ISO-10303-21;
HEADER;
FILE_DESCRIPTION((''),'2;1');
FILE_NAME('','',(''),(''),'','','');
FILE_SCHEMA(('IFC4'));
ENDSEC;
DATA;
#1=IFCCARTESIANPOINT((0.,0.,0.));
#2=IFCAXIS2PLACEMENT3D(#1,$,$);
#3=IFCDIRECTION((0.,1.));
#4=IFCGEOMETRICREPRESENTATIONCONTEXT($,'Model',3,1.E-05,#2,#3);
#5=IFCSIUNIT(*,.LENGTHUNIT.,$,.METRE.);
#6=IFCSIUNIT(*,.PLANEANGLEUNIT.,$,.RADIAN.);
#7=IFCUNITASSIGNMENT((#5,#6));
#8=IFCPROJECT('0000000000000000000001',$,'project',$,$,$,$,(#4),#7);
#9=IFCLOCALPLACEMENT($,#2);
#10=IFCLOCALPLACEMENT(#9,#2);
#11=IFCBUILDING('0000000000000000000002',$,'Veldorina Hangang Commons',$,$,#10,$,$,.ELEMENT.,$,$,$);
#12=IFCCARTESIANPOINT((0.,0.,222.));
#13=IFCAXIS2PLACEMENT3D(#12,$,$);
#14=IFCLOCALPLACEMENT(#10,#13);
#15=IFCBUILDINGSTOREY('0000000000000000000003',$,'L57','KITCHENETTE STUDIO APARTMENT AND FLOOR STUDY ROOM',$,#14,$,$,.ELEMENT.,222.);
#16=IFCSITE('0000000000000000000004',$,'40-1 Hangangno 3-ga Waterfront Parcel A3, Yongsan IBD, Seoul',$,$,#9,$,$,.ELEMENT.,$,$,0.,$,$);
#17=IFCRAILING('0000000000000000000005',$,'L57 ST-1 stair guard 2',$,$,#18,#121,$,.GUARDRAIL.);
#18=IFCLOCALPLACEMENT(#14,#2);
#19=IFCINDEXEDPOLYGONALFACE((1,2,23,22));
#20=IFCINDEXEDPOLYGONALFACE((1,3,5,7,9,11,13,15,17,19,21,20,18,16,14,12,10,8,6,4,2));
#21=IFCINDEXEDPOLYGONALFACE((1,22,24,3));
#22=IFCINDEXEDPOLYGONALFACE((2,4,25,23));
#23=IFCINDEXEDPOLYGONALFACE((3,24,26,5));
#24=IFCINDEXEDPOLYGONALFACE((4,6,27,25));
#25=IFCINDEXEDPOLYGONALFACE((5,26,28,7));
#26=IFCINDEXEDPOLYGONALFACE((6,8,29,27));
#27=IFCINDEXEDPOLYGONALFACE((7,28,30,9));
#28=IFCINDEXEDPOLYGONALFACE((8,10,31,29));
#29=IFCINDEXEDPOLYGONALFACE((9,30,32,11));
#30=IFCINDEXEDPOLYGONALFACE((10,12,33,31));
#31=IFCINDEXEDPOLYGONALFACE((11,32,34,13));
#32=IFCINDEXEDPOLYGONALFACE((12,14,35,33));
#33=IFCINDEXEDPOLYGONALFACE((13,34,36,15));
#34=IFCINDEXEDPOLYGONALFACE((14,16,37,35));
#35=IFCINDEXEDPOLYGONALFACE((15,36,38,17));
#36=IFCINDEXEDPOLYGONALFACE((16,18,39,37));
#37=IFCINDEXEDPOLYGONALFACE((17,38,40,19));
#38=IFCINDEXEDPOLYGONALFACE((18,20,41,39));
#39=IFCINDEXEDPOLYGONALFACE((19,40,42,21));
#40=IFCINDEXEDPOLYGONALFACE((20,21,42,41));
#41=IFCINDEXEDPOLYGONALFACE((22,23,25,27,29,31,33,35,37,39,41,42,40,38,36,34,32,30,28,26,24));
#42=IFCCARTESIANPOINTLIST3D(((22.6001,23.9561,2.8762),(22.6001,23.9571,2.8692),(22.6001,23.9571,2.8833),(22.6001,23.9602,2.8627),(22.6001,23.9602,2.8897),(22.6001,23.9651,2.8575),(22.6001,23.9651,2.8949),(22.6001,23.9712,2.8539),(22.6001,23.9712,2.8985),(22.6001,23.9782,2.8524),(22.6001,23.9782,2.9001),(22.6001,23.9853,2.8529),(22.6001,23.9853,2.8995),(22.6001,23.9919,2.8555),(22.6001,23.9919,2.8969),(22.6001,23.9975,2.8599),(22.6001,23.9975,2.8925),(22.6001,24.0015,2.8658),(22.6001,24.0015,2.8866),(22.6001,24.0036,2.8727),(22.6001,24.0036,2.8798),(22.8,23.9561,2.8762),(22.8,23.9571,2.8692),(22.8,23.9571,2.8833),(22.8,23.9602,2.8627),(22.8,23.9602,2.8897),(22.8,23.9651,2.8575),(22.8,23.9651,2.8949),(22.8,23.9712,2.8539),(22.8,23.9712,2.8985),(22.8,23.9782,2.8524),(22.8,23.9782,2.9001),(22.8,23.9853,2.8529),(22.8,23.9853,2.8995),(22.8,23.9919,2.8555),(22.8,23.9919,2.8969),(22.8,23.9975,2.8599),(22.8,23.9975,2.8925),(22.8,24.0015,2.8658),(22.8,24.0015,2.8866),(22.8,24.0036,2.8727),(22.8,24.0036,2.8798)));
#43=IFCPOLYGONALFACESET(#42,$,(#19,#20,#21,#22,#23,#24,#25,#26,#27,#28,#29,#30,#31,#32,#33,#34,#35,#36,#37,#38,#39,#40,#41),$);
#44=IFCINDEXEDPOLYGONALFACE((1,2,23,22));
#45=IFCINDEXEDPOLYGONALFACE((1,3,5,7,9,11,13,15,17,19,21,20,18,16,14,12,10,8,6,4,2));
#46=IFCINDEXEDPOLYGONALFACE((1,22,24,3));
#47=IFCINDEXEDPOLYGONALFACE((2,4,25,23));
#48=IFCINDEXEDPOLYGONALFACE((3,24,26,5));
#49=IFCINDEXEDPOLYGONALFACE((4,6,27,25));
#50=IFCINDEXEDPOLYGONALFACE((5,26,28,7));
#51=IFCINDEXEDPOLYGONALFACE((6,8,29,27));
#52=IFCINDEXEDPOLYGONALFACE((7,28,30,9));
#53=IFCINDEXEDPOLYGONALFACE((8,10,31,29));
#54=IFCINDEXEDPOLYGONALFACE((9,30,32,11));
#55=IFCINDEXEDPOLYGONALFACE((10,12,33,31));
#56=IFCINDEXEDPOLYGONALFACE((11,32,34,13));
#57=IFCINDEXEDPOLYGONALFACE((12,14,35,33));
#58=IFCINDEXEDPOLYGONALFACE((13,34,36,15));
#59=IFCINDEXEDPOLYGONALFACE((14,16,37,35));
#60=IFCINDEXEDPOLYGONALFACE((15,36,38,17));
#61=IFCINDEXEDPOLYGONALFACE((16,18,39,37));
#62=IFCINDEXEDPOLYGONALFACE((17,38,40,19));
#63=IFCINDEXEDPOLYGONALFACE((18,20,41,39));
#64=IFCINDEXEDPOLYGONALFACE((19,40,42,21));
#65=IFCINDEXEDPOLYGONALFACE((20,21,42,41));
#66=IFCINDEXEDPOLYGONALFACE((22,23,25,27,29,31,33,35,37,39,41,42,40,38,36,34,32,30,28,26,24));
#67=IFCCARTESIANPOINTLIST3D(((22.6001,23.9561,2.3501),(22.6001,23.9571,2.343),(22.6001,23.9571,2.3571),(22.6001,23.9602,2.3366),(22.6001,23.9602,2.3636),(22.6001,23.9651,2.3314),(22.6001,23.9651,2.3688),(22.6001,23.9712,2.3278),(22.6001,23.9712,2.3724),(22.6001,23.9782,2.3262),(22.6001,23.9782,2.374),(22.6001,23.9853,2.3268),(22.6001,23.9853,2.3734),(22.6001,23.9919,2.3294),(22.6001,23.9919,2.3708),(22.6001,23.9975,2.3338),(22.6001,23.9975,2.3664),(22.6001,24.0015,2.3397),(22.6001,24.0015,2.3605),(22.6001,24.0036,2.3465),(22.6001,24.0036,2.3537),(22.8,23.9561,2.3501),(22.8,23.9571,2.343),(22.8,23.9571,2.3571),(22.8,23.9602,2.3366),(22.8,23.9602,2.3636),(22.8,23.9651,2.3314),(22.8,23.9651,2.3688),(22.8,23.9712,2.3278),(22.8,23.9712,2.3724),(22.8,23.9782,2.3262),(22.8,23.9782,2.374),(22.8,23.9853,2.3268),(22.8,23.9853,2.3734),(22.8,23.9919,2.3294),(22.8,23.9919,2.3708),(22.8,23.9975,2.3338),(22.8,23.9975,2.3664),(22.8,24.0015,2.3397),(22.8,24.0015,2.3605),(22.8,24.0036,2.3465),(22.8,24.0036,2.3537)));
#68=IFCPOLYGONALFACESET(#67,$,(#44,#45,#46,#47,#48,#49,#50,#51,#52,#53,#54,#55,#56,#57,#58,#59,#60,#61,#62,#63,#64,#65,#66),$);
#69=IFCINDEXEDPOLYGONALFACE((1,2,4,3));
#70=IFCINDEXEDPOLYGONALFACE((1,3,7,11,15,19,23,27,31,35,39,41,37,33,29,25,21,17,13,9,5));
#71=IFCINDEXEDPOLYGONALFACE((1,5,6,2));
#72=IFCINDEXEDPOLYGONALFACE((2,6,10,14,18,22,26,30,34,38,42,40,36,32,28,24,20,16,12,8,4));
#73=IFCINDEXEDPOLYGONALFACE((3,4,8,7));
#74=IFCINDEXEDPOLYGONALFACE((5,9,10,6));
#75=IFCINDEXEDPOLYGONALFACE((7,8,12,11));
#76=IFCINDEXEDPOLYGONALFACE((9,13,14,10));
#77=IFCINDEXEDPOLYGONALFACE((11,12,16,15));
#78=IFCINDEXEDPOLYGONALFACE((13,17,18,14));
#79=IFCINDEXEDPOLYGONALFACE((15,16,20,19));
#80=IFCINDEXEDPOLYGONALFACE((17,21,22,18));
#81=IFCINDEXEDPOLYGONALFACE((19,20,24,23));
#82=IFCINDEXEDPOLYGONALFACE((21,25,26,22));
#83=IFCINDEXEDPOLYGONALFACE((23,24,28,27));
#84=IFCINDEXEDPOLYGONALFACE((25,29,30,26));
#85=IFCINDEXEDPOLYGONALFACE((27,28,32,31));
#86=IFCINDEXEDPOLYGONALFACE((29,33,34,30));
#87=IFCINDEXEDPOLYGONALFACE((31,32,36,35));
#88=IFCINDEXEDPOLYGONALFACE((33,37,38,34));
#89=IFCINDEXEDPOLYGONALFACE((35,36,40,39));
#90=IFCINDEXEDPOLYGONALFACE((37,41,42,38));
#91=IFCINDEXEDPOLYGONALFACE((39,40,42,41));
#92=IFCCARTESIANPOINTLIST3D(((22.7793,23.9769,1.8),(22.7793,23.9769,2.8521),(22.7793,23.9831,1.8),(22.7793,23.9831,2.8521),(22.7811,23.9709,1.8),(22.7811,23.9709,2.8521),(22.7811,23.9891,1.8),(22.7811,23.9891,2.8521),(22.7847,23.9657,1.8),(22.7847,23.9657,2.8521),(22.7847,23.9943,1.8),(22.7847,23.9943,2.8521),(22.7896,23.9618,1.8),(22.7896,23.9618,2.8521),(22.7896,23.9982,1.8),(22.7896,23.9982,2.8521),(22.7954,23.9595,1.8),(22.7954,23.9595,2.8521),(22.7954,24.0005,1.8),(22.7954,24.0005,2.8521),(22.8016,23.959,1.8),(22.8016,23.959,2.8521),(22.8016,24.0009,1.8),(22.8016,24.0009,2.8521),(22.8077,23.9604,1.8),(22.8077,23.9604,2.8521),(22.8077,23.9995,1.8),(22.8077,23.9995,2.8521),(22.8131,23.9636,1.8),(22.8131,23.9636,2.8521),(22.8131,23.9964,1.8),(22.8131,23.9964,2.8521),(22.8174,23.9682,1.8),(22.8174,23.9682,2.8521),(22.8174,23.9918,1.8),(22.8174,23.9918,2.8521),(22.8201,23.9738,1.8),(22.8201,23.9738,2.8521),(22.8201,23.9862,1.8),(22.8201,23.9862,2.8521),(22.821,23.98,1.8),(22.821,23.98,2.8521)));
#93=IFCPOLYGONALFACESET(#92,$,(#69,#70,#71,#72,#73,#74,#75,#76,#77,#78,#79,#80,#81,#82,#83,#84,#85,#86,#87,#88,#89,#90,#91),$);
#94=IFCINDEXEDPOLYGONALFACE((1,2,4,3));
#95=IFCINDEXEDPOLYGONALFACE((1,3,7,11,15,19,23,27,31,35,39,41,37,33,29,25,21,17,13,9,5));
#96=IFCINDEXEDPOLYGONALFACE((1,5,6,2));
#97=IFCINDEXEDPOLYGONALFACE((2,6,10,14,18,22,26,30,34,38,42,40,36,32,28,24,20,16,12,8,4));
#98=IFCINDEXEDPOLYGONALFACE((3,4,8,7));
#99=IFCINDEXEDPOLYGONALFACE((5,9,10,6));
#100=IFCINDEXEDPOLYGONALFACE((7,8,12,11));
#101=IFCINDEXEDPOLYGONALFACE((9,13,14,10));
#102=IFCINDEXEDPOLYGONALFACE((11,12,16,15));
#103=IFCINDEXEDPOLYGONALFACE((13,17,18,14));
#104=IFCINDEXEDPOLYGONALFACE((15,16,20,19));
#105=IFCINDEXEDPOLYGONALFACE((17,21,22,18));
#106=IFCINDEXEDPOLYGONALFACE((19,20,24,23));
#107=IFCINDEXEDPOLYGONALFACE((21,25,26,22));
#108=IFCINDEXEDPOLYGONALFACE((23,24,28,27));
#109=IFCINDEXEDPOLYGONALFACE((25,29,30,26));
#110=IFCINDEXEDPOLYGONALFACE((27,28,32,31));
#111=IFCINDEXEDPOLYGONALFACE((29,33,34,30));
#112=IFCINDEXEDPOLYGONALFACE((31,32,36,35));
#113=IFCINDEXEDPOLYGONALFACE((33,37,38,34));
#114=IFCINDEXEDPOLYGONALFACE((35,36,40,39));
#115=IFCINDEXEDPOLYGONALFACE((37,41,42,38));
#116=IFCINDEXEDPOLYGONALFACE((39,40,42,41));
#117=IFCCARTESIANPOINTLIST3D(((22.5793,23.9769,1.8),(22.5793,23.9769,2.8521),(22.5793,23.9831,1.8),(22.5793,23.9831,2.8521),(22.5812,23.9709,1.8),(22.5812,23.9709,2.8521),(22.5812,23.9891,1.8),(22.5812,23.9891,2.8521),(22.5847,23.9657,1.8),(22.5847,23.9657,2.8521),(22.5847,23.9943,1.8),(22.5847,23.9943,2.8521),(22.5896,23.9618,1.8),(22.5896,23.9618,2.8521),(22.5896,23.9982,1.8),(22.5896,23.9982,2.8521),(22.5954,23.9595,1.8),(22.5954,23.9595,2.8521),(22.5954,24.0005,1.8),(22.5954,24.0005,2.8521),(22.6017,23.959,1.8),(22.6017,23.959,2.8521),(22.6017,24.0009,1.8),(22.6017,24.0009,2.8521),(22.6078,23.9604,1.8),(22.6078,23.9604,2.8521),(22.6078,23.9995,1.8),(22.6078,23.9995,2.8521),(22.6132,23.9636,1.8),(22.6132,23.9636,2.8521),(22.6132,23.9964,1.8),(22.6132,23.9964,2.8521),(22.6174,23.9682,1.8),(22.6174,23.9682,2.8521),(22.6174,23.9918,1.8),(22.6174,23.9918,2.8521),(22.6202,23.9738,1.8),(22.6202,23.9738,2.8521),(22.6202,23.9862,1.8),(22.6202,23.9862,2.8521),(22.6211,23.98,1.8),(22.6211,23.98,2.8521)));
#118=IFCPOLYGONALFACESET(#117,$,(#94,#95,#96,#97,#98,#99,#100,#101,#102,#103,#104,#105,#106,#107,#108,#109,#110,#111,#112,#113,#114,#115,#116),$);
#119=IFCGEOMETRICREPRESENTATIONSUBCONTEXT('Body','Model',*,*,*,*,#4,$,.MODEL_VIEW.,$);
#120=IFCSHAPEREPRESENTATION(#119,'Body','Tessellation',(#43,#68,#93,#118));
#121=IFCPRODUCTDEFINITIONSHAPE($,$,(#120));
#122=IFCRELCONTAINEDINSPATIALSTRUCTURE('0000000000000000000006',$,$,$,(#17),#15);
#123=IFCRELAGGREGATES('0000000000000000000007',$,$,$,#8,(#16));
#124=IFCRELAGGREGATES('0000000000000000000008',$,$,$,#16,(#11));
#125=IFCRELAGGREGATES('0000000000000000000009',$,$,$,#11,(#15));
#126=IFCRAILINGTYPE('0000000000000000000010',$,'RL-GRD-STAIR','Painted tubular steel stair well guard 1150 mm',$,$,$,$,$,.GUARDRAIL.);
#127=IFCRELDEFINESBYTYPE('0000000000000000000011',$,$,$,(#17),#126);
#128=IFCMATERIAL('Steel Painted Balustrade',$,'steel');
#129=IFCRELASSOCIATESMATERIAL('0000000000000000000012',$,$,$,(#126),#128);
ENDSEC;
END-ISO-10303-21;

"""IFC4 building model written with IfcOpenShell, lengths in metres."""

from ifc_helpers import new_model, si_unit, direction, frame, origin, origin_2d, place, context, subcontext, project, spatial, circle, extrude, material, type_object, element, save


model = new_model("IFC4")

# Units and contexts
model_context = context("Model", 3, precision=1e-05, world=origin(), true_north=direction((0.0, 1.0)))
body_context = subcontext(model_context, "Body", "Model", "MODEL_VIEW")
ifc_project = project(units=[si_unit("LENGTHUNIT", "METRE"), si_unit("PLANEANGLEUNIT", "RADIAN")], contexts=[model_context])

# Site, building, storey
site_placement = place(None, origin())
site = spatial("IfcSite", under=ifc_project, at=site_placement, Name="40-1 Hangangno 3-ga Waterfront Parcel A3, Yongsan IBD, Seoul", CompositionType="ELEMENT", RefElevation=0.0)
building_placement = place(site_placement, origin())
building = spatial("IfcBuilding", under=site, at=building_placement, Name="Veldorina Hangang Commons", CompositionType="ELEMENT")
storey_placement = place(building_placement, frame((0.0, 0.0, 222.0)))
storey = spatial("IfcBuildingStorey", under=building, at=storey_placement, Name="L57", Description="KITCHENETTE STUDIO APARTMENT AND FLOOR STUDY ROOM", CompositionType="ELEMENT", Elevation=222.0)

# Railing
ifc_material_1 = material(Name="Steel Painted Balustrade", Category="steel")
railing_type_1 = type_object("IfcRailingType", Name="RL-GRD-STAIR", Description="Painted tubular steel stair well guard 1150 mm", PredefinedType="GUARDRAIL", material=ifc_material_1)
railing_1_placement = place(storey_placement, frame((22.8, 23.98, 1.8)))
element("IfcRailing", 1, at=railing_1_placement, inside=storey, type_object=railing_type_1, Name="L57 ST-1 stair guard 2", PredefinedType="GUARDRAIL", context=body_context, shape_type="SweptSolid", body=[
    extrude(circle(Radius=0.0239, at=origin_2d()), frame((0.0, 0.0, 1.0762), z_axis=(-1.0, 0.0, 0.0), x_axis=(0.0, -1.0, 0.0)), (0.0, 0.0, 1.0), 0.2),
    extrude(circle(Radius=0.0239, at=origin_2d()), frame((0.0, 0.0, 0.55), z_axis=(-1.0, 0.0, 0.0), x_axis=(0.0, -1.0, 0.0)), (0.0, 0.0, 1.0), 0.2),
    extrude(circle(Radius=0.021, at=origin_2d()), origin(), (0.0, 0.0, 1.0), 1.052),
    extrude(circle(Radius=0.021, at=origin_2d()), frame((-0.2, 0.0, 0.0)), (0.0, 0.0, 1.0), 1.052),
])

save(model, "model.ifc")
